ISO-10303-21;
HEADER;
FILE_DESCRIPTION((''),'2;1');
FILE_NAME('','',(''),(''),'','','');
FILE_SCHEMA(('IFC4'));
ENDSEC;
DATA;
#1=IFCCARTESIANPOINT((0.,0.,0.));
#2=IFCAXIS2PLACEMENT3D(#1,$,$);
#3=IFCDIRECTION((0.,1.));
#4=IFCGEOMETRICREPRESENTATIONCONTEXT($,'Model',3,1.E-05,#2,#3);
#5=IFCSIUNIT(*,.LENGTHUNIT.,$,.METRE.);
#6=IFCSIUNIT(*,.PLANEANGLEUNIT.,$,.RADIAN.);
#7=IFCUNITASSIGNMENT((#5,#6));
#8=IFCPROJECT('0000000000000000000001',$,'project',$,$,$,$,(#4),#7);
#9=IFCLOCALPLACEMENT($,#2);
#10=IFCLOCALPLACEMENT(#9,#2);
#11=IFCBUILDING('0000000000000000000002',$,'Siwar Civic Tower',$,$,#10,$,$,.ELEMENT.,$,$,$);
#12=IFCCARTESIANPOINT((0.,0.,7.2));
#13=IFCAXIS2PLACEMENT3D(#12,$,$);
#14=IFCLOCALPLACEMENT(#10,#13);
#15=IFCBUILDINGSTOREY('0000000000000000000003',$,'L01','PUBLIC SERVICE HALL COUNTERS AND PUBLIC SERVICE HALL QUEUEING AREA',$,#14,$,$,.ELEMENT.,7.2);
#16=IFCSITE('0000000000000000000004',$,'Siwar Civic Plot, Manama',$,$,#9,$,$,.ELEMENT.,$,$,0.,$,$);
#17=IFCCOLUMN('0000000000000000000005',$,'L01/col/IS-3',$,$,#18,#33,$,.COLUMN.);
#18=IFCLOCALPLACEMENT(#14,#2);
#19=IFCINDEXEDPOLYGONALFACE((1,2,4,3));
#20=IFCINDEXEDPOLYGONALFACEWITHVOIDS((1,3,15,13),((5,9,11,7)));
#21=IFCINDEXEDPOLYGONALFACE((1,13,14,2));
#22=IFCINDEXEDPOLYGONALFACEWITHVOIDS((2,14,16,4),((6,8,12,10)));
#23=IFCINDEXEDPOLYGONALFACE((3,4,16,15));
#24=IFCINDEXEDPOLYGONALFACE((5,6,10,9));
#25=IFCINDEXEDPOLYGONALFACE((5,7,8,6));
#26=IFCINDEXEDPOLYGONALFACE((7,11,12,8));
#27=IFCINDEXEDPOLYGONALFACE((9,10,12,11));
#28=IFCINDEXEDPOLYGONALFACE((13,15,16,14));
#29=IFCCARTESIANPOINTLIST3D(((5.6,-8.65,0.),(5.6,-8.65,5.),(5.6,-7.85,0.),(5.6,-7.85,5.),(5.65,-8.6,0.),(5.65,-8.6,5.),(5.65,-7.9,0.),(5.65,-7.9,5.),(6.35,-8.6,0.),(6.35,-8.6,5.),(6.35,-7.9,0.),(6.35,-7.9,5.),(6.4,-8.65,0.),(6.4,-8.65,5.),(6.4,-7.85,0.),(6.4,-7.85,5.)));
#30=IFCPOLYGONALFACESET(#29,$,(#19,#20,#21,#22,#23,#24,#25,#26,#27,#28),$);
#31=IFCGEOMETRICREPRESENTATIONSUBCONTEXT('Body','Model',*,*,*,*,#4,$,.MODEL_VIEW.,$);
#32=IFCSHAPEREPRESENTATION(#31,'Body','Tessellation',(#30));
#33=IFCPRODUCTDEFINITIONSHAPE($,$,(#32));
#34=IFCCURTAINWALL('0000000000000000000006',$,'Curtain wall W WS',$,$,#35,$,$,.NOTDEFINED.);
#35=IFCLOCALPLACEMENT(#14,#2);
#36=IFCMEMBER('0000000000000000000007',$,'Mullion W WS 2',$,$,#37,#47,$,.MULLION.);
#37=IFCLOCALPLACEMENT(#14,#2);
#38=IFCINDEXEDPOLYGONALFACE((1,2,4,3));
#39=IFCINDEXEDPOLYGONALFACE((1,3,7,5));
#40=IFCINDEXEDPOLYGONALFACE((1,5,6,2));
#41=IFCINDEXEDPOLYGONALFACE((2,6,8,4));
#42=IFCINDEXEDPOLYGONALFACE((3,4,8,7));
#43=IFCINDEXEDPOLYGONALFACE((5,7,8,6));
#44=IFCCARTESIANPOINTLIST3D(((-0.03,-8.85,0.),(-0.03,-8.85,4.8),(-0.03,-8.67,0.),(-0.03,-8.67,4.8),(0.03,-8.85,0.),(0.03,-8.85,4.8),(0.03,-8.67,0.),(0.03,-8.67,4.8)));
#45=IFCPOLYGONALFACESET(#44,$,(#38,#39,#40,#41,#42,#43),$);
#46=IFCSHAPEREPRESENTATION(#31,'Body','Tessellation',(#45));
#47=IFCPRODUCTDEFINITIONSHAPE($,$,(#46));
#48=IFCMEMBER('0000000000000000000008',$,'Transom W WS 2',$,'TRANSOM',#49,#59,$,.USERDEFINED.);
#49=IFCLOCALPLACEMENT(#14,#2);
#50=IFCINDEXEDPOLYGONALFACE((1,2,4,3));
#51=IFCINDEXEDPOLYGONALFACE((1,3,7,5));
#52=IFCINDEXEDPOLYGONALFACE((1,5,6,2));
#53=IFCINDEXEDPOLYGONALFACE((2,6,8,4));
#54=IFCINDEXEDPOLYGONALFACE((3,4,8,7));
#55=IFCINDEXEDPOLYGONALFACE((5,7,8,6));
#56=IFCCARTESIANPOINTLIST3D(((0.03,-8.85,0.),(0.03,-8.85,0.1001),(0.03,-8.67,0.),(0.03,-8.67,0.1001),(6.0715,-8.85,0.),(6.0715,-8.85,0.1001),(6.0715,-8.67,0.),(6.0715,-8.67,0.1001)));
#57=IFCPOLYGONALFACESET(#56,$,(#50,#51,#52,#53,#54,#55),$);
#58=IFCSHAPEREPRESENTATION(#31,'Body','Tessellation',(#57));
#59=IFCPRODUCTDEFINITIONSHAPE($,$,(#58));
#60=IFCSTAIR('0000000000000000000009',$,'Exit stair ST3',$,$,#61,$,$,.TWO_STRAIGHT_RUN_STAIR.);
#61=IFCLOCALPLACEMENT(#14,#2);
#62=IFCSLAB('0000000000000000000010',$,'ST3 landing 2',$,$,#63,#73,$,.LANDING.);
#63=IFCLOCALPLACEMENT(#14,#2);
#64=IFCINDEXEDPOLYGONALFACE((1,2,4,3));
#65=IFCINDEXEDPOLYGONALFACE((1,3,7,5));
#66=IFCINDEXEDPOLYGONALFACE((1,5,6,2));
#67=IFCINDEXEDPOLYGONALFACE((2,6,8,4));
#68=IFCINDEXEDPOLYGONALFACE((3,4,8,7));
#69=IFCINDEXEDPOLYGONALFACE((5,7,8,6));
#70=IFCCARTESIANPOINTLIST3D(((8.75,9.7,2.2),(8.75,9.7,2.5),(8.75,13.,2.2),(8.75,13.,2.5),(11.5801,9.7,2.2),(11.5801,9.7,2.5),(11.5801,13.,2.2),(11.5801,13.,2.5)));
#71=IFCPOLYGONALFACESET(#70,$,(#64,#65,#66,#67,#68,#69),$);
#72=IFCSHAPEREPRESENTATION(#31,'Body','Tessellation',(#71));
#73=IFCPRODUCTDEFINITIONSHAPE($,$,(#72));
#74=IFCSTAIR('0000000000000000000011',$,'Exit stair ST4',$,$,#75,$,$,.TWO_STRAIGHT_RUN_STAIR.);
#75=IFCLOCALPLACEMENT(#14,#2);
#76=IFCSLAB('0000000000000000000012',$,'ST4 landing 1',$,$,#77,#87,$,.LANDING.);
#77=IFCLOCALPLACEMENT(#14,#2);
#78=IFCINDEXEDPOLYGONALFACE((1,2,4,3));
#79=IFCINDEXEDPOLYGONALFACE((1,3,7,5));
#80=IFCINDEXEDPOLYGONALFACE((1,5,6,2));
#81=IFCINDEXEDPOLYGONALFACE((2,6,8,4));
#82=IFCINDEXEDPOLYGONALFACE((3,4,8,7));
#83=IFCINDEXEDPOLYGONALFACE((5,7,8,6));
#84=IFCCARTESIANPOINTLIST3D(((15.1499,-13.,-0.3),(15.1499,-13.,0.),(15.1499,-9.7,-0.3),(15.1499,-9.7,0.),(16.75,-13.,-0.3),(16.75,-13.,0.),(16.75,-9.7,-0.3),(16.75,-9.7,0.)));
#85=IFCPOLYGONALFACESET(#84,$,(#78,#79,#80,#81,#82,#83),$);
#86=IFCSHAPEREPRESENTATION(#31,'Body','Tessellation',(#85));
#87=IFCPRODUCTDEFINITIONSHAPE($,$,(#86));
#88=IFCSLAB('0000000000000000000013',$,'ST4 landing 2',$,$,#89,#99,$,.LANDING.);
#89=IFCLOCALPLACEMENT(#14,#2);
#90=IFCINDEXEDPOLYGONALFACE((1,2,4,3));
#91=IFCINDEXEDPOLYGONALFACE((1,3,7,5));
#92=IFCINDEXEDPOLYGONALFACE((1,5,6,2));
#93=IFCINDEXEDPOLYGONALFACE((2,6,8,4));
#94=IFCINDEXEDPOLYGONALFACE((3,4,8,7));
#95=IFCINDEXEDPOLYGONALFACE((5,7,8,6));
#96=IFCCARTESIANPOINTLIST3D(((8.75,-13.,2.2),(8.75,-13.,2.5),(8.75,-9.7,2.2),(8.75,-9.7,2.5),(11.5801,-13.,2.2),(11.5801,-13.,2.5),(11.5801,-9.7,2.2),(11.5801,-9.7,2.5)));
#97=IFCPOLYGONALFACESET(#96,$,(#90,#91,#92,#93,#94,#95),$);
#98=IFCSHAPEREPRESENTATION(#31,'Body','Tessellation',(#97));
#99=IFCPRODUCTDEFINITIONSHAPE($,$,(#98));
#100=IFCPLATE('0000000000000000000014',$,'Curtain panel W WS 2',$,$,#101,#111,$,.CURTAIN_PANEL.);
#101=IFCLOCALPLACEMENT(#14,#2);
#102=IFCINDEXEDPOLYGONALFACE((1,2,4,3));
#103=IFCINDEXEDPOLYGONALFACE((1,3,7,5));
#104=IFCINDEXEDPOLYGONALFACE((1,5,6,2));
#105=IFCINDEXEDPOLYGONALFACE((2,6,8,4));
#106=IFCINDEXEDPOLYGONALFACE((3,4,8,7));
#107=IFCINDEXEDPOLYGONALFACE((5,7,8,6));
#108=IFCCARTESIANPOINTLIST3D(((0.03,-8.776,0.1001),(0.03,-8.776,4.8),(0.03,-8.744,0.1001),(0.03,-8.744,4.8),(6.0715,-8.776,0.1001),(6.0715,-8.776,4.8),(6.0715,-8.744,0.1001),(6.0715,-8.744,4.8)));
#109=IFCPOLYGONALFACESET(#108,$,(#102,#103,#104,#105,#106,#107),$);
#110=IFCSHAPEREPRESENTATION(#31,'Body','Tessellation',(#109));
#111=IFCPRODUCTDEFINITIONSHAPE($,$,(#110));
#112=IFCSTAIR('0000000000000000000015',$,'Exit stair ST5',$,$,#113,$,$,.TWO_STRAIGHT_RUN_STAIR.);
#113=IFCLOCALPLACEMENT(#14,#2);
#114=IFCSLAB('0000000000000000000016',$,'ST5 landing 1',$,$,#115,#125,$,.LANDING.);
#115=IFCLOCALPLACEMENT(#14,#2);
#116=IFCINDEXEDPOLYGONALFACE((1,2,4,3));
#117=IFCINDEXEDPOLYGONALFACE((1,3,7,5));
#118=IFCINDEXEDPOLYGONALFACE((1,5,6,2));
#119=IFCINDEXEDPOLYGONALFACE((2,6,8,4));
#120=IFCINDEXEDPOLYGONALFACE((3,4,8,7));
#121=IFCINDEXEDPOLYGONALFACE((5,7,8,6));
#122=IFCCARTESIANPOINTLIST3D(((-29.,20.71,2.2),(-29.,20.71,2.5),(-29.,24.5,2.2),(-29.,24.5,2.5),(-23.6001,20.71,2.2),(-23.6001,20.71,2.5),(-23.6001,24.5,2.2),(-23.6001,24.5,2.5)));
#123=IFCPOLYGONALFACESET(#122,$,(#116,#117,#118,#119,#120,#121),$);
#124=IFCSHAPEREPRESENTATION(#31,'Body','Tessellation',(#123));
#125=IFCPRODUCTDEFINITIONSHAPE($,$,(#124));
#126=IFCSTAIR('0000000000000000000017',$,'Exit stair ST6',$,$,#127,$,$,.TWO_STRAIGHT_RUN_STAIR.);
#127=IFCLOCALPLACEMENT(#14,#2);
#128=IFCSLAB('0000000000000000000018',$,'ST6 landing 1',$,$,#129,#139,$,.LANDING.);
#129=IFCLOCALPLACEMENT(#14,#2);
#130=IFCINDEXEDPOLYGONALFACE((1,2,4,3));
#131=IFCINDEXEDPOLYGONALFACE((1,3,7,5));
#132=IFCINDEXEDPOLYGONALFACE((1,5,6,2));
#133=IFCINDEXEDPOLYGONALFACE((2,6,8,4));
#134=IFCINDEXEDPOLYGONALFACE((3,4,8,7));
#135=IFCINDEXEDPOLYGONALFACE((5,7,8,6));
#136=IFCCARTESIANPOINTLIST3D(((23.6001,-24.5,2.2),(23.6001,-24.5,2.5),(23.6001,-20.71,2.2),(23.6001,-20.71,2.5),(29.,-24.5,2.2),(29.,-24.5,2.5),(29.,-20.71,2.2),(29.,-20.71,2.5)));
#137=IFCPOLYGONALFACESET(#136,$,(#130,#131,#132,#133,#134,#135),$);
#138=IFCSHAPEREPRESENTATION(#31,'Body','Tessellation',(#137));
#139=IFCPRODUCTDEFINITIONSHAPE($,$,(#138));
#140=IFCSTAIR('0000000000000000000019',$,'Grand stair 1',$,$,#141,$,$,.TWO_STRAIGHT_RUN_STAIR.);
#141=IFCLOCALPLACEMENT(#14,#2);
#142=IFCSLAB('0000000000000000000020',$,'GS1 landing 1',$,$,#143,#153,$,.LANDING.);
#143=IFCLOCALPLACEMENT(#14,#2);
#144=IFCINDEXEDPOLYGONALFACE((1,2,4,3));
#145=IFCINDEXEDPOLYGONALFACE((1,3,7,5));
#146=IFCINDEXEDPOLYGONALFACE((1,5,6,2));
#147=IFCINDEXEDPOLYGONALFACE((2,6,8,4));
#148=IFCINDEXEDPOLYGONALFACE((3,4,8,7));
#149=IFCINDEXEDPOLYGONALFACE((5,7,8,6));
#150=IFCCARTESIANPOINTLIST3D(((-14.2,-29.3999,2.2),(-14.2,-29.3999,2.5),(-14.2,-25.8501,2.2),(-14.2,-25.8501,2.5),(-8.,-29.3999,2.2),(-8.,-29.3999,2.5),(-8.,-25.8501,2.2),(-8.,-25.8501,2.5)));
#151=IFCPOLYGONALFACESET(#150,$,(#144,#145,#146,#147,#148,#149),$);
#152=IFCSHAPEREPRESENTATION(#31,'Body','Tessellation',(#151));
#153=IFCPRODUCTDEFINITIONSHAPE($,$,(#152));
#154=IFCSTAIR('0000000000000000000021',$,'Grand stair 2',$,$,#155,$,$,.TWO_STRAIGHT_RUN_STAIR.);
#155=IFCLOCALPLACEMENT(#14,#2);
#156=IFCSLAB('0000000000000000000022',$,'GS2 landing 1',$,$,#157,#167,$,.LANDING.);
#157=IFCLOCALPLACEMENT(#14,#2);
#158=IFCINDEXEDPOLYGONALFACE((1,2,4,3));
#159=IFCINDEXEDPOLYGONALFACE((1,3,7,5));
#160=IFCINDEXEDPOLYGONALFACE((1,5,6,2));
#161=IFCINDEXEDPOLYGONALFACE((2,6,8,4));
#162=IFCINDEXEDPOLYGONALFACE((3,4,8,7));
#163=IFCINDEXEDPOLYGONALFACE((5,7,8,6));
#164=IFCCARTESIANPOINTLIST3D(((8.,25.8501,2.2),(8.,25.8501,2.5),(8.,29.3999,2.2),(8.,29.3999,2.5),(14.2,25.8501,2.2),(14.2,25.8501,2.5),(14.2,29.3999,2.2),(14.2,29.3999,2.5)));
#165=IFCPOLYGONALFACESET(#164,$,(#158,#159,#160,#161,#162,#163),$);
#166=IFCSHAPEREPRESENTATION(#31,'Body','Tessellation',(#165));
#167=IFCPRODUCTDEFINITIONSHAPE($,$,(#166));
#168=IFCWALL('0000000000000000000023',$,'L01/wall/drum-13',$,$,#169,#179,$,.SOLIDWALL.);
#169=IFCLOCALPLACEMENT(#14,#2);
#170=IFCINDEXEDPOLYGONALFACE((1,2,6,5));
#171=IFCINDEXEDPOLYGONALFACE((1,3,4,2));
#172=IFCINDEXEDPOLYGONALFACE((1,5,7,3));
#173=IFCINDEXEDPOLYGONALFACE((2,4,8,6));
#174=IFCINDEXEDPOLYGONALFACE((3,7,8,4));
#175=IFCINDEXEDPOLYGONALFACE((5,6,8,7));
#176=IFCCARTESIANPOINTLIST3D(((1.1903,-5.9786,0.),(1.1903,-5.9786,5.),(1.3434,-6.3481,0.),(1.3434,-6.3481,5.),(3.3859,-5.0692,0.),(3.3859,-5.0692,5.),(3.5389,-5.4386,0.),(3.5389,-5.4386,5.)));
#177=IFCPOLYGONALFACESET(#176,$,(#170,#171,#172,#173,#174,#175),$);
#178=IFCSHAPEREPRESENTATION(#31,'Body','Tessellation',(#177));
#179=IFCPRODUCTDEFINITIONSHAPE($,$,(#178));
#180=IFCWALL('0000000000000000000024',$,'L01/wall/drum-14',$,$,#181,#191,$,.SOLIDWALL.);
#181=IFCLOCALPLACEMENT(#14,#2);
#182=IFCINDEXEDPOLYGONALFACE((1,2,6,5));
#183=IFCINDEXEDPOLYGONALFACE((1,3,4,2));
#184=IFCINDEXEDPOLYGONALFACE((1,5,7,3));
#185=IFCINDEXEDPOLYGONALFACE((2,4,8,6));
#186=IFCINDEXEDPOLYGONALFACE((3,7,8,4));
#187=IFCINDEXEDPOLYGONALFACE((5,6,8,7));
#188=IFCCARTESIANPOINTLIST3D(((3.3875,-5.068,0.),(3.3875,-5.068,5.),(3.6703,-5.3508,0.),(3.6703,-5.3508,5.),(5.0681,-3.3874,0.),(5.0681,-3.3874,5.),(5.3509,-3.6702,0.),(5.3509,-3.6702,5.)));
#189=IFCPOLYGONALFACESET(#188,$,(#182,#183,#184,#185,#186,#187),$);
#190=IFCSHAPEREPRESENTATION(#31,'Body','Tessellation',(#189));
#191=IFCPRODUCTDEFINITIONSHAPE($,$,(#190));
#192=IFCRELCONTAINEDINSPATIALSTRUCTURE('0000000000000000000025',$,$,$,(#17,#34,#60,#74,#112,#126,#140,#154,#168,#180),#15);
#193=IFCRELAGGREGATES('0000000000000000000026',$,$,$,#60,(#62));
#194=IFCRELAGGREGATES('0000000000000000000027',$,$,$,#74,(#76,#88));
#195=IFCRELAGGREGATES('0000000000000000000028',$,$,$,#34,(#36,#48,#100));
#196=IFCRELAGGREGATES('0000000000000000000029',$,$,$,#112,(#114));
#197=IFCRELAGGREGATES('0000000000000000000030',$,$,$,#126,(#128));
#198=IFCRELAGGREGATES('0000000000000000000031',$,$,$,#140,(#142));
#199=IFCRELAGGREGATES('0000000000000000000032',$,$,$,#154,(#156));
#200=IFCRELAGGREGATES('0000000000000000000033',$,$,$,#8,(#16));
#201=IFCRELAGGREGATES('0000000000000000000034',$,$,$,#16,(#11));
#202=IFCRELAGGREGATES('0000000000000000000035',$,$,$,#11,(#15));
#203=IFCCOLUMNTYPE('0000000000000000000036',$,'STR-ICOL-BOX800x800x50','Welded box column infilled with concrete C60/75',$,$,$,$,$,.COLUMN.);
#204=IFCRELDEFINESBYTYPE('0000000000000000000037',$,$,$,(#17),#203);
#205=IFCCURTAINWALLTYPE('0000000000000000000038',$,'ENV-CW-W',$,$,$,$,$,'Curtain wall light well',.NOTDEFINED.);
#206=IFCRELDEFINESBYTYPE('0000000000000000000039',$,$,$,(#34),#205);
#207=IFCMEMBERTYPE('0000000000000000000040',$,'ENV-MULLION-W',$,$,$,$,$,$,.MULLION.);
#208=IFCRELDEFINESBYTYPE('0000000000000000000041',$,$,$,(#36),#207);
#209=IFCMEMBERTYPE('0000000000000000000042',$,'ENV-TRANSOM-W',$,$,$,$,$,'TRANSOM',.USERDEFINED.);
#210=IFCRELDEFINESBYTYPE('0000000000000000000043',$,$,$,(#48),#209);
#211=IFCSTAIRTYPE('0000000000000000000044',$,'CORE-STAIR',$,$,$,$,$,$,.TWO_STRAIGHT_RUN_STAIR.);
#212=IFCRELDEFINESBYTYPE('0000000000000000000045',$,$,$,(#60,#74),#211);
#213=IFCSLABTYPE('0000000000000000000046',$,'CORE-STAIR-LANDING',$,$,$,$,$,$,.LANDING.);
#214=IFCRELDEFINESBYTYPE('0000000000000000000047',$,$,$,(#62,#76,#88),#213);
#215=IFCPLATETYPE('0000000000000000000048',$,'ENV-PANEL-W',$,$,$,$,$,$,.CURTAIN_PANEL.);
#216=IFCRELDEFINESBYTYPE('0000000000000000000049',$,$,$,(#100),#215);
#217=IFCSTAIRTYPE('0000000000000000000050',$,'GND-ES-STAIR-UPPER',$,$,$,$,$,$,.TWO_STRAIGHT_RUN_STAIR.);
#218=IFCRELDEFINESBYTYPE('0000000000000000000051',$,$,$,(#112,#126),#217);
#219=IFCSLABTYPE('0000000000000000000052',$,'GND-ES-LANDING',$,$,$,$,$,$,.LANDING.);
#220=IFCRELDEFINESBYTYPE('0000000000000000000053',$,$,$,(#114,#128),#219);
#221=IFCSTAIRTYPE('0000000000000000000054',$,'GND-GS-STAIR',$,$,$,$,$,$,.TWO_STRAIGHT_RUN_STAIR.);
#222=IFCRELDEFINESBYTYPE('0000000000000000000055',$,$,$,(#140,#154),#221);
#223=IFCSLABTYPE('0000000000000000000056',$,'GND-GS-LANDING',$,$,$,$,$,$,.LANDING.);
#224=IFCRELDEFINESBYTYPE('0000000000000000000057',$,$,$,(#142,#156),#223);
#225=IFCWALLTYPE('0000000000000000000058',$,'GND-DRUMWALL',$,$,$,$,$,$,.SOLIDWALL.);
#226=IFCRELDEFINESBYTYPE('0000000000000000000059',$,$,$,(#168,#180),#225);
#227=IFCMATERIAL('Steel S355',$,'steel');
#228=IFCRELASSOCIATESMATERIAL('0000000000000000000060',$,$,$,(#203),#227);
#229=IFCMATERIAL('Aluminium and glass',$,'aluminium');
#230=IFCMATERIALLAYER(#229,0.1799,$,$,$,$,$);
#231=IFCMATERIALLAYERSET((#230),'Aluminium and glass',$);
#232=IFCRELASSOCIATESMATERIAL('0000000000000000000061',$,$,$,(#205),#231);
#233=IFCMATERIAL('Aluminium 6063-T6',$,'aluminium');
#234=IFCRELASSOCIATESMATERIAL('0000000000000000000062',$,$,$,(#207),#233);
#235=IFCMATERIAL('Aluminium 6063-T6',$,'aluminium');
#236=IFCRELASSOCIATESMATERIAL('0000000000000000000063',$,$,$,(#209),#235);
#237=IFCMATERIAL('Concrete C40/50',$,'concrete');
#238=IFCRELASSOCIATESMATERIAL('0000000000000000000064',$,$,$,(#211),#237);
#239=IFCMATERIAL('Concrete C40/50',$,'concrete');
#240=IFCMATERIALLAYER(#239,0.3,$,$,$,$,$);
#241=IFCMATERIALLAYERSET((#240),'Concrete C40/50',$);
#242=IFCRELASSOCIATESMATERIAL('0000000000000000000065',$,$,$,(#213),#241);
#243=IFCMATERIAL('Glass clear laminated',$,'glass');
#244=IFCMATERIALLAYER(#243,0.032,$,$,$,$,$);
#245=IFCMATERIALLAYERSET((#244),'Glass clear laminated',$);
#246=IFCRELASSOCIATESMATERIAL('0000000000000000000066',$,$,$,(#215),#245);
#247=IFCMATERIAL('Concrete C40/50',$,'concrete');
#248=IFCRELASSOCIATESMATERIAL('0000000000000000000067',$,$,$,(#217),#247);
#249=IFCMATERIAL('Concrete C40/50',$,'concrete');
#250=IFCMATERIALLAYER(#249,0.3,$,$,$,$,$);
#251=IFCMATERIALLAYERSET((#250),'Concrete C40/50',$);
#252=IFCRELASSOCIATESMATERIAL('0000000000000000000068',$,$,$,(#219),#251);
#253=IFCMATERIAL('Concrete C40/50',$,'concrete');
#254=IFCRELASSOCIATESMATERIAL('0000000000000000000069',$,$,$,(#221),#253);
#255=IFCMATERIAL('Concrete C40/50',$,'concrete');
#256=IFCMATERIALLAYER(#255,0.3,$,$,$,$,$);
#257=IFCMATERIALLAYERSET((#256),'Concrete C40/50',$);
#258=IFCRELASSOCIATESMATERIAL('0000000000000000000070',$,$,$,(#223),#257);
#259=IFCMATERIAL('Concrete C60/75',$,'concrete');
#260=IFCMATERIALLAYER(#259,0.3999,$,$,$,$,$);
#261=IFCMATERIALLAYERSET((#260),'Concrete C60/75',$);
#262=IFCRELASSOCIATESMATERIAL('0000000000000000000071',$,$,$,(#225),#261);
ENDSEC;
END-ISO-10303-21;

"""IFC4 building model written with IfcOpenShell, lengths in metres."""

from ifc_helpers import new_model, si_unit, direction, frame, frame_2d, origin, origin_2d, place, context, subcontext, project, spatial, polyline, rectangle, hollow_rectangle, outline, extrude, material, layer, layer_set, material_profile, profile_set, type_object, element, aggregate, save


model = new_model("IFC4")

# Units and contexts
model_context = context("Model", 3, precision=1e-05, world=origin(), true_north=direction((0.0, 1.0)))
body_context = subcontext(model_context, "Body", "Model", "MODEL_VIEW")
ifc_project = project(units=[si_unit("LENGTHUNIT", "METRE"), si_unit("PLANEANGLEUNIT", "RADIAN")], contexts=[model_context])

# Site, building, storey
site_placement = place(None, origin())
site = spatial("IfcSite", under=ifc_project, at=site_placement, Name="Siwar Civic Plot, Manama", CompositionType="ELEMENT", RefElevation=0.0)
building_placement = place(site_placement, origin())
building = spatial("IfcBuilding", under=site, at=building_placement, Name="Siwar Civic Tower", CompositionType="ELEMENT")
storey_placement = place(building_placement, frame((0.0, 0.0, 7.2)))
storey = spatial("IfcBuildingStorey", under=building, at=storey_placement, Name="L01", Description="PUBLIC SERVICE HALL COUNTERS AND PUBLIC SERVICE HALL QUEUEING AREA", CompositionType="ELEMENT", Elevation=7.2)

# Column
ifc_material_1 = material(Name="Steel S355", Category="steel")
ifc_material_profile_1 = material_profile(ifc_material_1, hollow_rectangle(XDim=0.8, YDim=0.8, WallThickness=0.05, at=origin_2d()), Name="BOX800x800x50")
ifc_profile_set_1 = profile_set([ifc_material_profile_1], Name="Steel S355")
column_type = type_object("IfcColumnType", Name="STR-ICOL-BOX800x800x50", Description="Welded box column infilled with concrete C60/75", PredefinedType="COLUMN", material=ifc_profile_set_1)
column_placement = place(storey_placement, frame((6.0, -8.25, 0.0), z_axis=(0.0, 0.0, 1.0), x_axis=(1.0, 0.0, 0.0)))
element("IfcColumn", 1, at=column_placement, inside=storey, type_object=column_type, Name="L01/col/IS-3", PredefinedType="COLUMN", context=body_context, shape_type="SweptSolid", body=[
    extrude(hollow_rectangle(XDim=0.8, YDim=0.8, WallThickness=0.05, at=origin_2d()), origin(), (0.0, 0.0, 1.0), 5.0),
])

# Curtain wall, members
ifc_material_2 = material(Name="Aluminium and glass", Category="aluminium")
ifc_layer_1 = layer(ifc_material_2, 0.1799)
ifc_layer_set_1 = layer_set([ifc_layer_1], Name="Aluminium and glass")
curtain_wall_type = type_object("IfcCurtainWallType", Name="ENV-CW-W", ElementType="Curtain wall light well", PredefinedType="NOTDEFINED", material=ifc_layer_set_1)
curtain_wall_placement = place(storey_placement, origin())
curtain_wall = element("IfcCurtainWall", 2, at=curtain_wall_placement, inside=storey, type_object=curtain_wall_type, Name="Curtain wall W WS", PredefinedType="NOTDEFINED")
ifc_material_3 = material(Name="Aluminium 6063-T6", Category="aluminium")
ifc_material_profile_2 = material_profile(ifc_material_3, rectangle(XDim=0.1799, YDim=0.0601, at=origin_2d()), Name="AL 180x60")
ifc_profile_set_2 = profile_set([ifc_material_profile_2], Name="Aluminium 6063-T6")
member_type_1 = type_object("IfcMemberType", Name="ENV-MULLION-W", PredefinedType="MULLION", material=ifc_profile_set_2)
member_1_placement = place(storey_placement, frame((0.0, -8.76, 0.0), z_axis=(0.0, 0.0, 1.0), x_axis=(0.0, 1.0, 0.0)))
member_1 = element("IfcMember", 3, at=member_1_placement, type_object=member_type_1, Name="Mullion W WS 2", PredefinedType="MULLION", context=body_context, shape_type="SweptSolid", body=[
    extrude(rectangle(XDim=0.1799, YDim=0.0601, at=origin_2d()), origin(), (0.0, 0.0, 1.0), 4.8),
])
ifc_material_4 = material(Name="Aluminium 6063-T6", Category="aluminium")
ifc_material_profile_3 = material_profile(ifc_material_4, rectangle(XDim=0.1799, YDim=0.1001, at=origin_2d()), Name="AL 180x100")
ifc_profile_set_3 = profile_set([ifc_material_profile_3], Name="Aluminium 6063-T6")
member_type_2 = type_object("IfcMemberType", Name="ENV-TRANSOM-W", ElementType="TRANSOM", PredefinedType="USERDEFINED", material=ifc_profile_set_3)
member_2_placement = place(storey_placement, frame((0.03, -8.76, 0.05), z_axis=(1.0, 0.0, 0.0), x_axis=(0.0, 1.0, 0.0)))
member_2 = element("IfcMember", 4, at=member_2_placement, type_object=member_type_2, Name="Transom W WS 2", ObjectType="TRANSOM", PredefinedType="USERDEFINED", context=body_context, shape_type="SweptSolid", body=[
    extrude(rectangle(XDim=0.1799, YDim=0.1001, at=origin_2d()), origin(), (0.0, 0.0, 1.0), 6.0415),
])

# Stair, slab
ifc_material_5 = material(Name="Concrete C40/50", Category="concrete")
stair_type_1 = type_object("IfcStairType", Name="CORE-STAIR", PredefinedType="TWO_STRAIGHT_RUN_STAIR", material=ifc_material_5)
stair_1_placement = place(storey_placement, origin())
stair_1 = element("IfcStair", 5, at=stair_1_placement, inside=storey, type_object=stair_type_1, Name="Exit stair ST3", PredefinedType="TWO_STRAIGHT_RUN_STAIR")
ifc_material_6 = material(Name="Concrete C40/50", Category="concrete")
ifc_layer_2 = layer(ifc_material_6, 0.3)
ifc_layer_set_2 = layer_set([ifc_layer_2], Name="Concrete C40/50")
slab_type_1 = type_object("IfcSlabType", Name="CORE-STAIR-LANDING", PredefinedType="LANDING", material=ifc_layer_set_2)
slab_1_placement = place(storey_placement, frame((0.0, 0.0, 2.2)))
slab_1 = element("IfcSlab", 6, at=slab_1_placement, type_object=slab_type_1, Name="ST3 landing 2", PredefinedType="LANDING", context=body_context, shape_type="SweptSolid", body=[
    extrude(outline(polyline([(8.75, 9.7), (11.5801, 9.7), (11.5801, 13.0), (8.75, 13.0), (8.75, 9.7)])), origin(), (0.0, 0.0, 1.0), 0.3),
])
aggregate(stair_1, [slab_1])

# Stair, slabs
stair_2_placement = place(storey_placement, origin())
stair_2 = element("IfcStair", 7, at=stair_2_placement, inside=storey, type_object=stair_type_1, Name="Exit stair ST4", PredefinedType="TWO_STRAIGHT_RUN_STAIR")
slab_2_placement = place(storey_placement, frame((0.0, 0.0, -0.3)))
slab_2 = element("IfcSlab", 8, at=slab_2_placement, type_object=slab_type_1, Name="ST4 landing 1", PredefinedType="LANDING", context=body_context, shape_type="SweptSolid", body=[
    extrude(outline(polyline([(15.1499, -13.0), (16.75, -13.0), (16.75, -9.7), (15.1499, -9.7), (15.1499, -13.0)])), origin(), (0.0, 0.0, 1.0), 0.3),
])
slab_3_placement = place(storey_placement, frame((0.0, 0.0, 2.2)))
slab_3 = element("IfcSlab", 9, at=slab_3_placement, type_object=slab_type_1, Name="ST4 landing 2", PredefinedType="LANDING", context=body_context, shape_type="SweptSolid", body=[
    extrude(outline(polyline([(8.75, -13.0), (11.5801, -13.0), (11.5801, -9.7), (8.75, -9.7), (8.75, -13.0)])), origin(), (0.0, 0.0, 1.0), 0.3),
])
aggregate(stair_2, [slab_2, slab_3])

# Plate
ifc_material_7 = material(Name="Glass clear laminated", Category="glass")
ifc_layer_3 = layer(ifc_material_7, 0.032)
ifc_layer_set_3 = layer_set([ifc_layer_3], Name="Glass clear laminated")
plate_type = type_object("IfcPlateType", Name="ENV-PANEL-W", PredefinedType="CURTAIN_PANEL", material=ifc_layer_set_3)
plate_placement = place(storey_placement, frame((3.0508, -8.76, 0.1001), z_axis=(0.0, 0.0, 1.0), x_axis=(1.0, 0.0, 0.0)))
plate = element("IfcPlate", 10, at=plate_placement, type_object=plate_type, Name="Curtain panel W WS 2", PredefinedType="CURTAIN_PANEL", context=body_context, shape_type="SweptSolid", body=[
    extrude(rectangle(XDim=6.0415, YDim=0.032, at=origin_2d()), origin(), (0.0, 0.0, 1.0), 4.7),
])
aggregate(curtain_wall, [member_1, member_2, plate])

# Stairs, slabs
ifc_material_8 = material(Name="Concrete C40/50", Category="concrete")
stair_type_2 = type_object("IfcStairType", Name="GND-ES-STAIR-UPPER", PredefinedType="TWO_STRAIGHT_RUN_STAIR", material=ifc_material_8)
stair_3_placement = place(storey_placement, origin())
stair_3 = element("IfcStair", 11, at=stair_3_placement, inside=storey, type_object=stair_type_2, Name="Exit stair ST5", PredefinedType="TWO_STRAIGHT_RUN_STAIR")
ifc_material_9 = material(Name="Concrete C40/50", Category="concrete")
ifc_layer_4 = layer(ifc_material_9, 0.3)
ifc_layer_set_4 = layer_set([ifc_layer_4], Name="Concrete C40/50")
slab_type_2 = type_object("IfcSlabType", Name="GND-ES-LANDING", PredefinedType="LANDING", material=ifc_layer_set_4)
slab_4_placement = place(storey_placement, frame((0.0, 0.0, 2.2)))
slab_4 = element("IfcSlab", 12, at=slab_4_placement, type_object=slab_type_2, Name="ST5 landing 1", PredefinedType="LANDING", context=body_context, shape_type="SweptSolid", body=[
    extrude(outline(polyline([(-29.0, 20.71), (-23.6001, 20.71), (-23.6001, 24.5), (-29.0, 24.5), (-29.0, 20.71)])), origin(), (0.0, 0.0, 1.0), 0.3),
])
aggregate(stair_3, [slab_4])
stair_4_placement = place(storey_placement, origin())
stair_4 = element("IfcStair", 13, at=stair_4_placement, inside=storey, type_object=stair_type_2, Name="Exit stair ST6", PredefinedType="TWO_STRAIGHT_RUN_STAIR")
slab_5_placement = place(storey_placement, frame((0.0, 0.0, 2.2)))
slab_5 = element("IfcSlab", 14, at=slab_5_placement, type_object=slab_type_2, Name="ST6 landing 1", PredefinedType="LANDING", context=body_context, shape_type="SweptSolid", body=[
    extrude(outline(polyline([(29.0, -20.71), (23.6001, -20.71), (23.6001, -24.5), (29.0, -24.5), (29.0, -20.71)])), origin(), (0.0, 0.0, 1.0), 0.3),
])
aggregate(stair_4, [slab_5])
ifc_material_10 = material(Name="Concrete C40/50", Category="concrete")
stair_type_3 = type_object("IfcStairType", Name="GND-GS-STAIR", PredefinedType="TWO_STRAIGHT_RUN_STAIR", material=ifc_material_10)
stair_5_placement = place(storey_placement, origin())
stair_5 = element("IfcStair", 15, at=stair_5_placement, inside=storey, type_object=stair_type_3, Name="Grand stair 1", PredefinedType="TWO_STRAIGHT_RUN_STAIR")
ifc_material_11 = material(Name="Concrete C40/50", Category="concrete")
ifc_layer_5 = layer(ifc_material_11, 0.3)
ifc_layer_set_5 = layer_set([ifc_layer_5], Name="Concrete C40/50")
slab_type_3 = type_object("IfcSlabType", Name="GND-GS-LANDING", PredefinedType="LANDING", material=ifc_layer_set_5)
slab_6_placement = place(storey_placement, frame((0.0, 0.0, 2.2)))
slab_6 = element("IfcSlab", 16, at=slab_6_placement, type_object=slab_type_3, Name="GS1 landing 1", PredefinedType="LANDING", context=body_context, shape_type="SweptSolid", body=[
    extrude(outline(polyline([(-14.2, -29.3999), (-8.0, -29.3999), (-8.0, -25.8501), (-14.2, -25.8501), (-14.2, -29.3999)])), origin(), (0.0, 0.0, 1.0), 0.3),
])
aggregate(stair_5, [slab_6])
stair_6_placement = place(storey_placement, origin())
stair_6 = element("IfcStair", 17, at=stair_6_placement, inside=storey, type_object=stair_type_3, Name="Grand stair 2", PredefinedType="TWO_STRAIGHT_RUN_STAIR")
slab_7_placement = place(storey_placement, frame((0.0, 0.0, 2.2)))
slab_7 = element("IfcSlab", 18, at=slab_7_placement, type_object=slab_type_3, Name="GS2 landing 1", PredefinedType="LANDING", context=body_context, shape_type="SweptSolid", body=[
    extrude(outline(polyline([(14.2, 29.3999), (8.0, 29.3999), (8.0, 25.8501), (14.2, 25.8501), (14.2, 29.3999)])), origin(), (0.0, 0.0, 1.0), 0.3),
])
aggregate(stair_6, [slab_7])

# Walls
ifc_material_12 = material(Name="Concrete C60/75", Category="concrete")
ifc_layer_6 = layer(ifc_material_12, 0.3999)
ifc_layer_set_6 = layer_set([ifc_layer_6], Name="Concrete C60/75")
wall_type = type_object("IfcWallType", Name="GND-DRUMWALL", PredefinedType="SOLIDWALL", material=ifc_layer_set_6)
wall_1_placement = place(storey_placement, frame((1.2668, -6.1633, 0.0), z_axis=(0.0, 0.0, 1.0), x_axis=(0.92388, 0.382681, 0.0)))
element("IfcWall", 19, at=wall_1_placement, inside=storey, type_object=wall_type, Name="L01/wall/drum-13", PredefinedType="SOLIDWALL", context=body_context, shape_type="SweptSolid", body=[
    extrude(rectangle(XDim=2.3765, YDim=0.3999, at=frame_2d((1.1882, 0.0))), origin(), (0.0, 0.0, 1.0), 5.0),
])
wall_2_placement = place(storey_placement, frame((3.5288, -5.2095, 0.0), z_axis=(0.0, 0.0, 1.0), x_axis=(0.707107, 0.707107, 0.0)))
element("IfcWall", 20, at=wall_2_placement, inside=storey, type_object=wall_type, Name="L01/wall/drum-14", PredefinedType="SOLIDWALL", context=body_context, shape_type="SweptSolid", body=[
    extrude(rectangle(XDim=2.3767, YDim=0.3999, at=frame_2d((1.1885, 0.0))), origin(), (0.0, 0.0, 1.0), 5.0),
])

save(model, "model.ifc")
